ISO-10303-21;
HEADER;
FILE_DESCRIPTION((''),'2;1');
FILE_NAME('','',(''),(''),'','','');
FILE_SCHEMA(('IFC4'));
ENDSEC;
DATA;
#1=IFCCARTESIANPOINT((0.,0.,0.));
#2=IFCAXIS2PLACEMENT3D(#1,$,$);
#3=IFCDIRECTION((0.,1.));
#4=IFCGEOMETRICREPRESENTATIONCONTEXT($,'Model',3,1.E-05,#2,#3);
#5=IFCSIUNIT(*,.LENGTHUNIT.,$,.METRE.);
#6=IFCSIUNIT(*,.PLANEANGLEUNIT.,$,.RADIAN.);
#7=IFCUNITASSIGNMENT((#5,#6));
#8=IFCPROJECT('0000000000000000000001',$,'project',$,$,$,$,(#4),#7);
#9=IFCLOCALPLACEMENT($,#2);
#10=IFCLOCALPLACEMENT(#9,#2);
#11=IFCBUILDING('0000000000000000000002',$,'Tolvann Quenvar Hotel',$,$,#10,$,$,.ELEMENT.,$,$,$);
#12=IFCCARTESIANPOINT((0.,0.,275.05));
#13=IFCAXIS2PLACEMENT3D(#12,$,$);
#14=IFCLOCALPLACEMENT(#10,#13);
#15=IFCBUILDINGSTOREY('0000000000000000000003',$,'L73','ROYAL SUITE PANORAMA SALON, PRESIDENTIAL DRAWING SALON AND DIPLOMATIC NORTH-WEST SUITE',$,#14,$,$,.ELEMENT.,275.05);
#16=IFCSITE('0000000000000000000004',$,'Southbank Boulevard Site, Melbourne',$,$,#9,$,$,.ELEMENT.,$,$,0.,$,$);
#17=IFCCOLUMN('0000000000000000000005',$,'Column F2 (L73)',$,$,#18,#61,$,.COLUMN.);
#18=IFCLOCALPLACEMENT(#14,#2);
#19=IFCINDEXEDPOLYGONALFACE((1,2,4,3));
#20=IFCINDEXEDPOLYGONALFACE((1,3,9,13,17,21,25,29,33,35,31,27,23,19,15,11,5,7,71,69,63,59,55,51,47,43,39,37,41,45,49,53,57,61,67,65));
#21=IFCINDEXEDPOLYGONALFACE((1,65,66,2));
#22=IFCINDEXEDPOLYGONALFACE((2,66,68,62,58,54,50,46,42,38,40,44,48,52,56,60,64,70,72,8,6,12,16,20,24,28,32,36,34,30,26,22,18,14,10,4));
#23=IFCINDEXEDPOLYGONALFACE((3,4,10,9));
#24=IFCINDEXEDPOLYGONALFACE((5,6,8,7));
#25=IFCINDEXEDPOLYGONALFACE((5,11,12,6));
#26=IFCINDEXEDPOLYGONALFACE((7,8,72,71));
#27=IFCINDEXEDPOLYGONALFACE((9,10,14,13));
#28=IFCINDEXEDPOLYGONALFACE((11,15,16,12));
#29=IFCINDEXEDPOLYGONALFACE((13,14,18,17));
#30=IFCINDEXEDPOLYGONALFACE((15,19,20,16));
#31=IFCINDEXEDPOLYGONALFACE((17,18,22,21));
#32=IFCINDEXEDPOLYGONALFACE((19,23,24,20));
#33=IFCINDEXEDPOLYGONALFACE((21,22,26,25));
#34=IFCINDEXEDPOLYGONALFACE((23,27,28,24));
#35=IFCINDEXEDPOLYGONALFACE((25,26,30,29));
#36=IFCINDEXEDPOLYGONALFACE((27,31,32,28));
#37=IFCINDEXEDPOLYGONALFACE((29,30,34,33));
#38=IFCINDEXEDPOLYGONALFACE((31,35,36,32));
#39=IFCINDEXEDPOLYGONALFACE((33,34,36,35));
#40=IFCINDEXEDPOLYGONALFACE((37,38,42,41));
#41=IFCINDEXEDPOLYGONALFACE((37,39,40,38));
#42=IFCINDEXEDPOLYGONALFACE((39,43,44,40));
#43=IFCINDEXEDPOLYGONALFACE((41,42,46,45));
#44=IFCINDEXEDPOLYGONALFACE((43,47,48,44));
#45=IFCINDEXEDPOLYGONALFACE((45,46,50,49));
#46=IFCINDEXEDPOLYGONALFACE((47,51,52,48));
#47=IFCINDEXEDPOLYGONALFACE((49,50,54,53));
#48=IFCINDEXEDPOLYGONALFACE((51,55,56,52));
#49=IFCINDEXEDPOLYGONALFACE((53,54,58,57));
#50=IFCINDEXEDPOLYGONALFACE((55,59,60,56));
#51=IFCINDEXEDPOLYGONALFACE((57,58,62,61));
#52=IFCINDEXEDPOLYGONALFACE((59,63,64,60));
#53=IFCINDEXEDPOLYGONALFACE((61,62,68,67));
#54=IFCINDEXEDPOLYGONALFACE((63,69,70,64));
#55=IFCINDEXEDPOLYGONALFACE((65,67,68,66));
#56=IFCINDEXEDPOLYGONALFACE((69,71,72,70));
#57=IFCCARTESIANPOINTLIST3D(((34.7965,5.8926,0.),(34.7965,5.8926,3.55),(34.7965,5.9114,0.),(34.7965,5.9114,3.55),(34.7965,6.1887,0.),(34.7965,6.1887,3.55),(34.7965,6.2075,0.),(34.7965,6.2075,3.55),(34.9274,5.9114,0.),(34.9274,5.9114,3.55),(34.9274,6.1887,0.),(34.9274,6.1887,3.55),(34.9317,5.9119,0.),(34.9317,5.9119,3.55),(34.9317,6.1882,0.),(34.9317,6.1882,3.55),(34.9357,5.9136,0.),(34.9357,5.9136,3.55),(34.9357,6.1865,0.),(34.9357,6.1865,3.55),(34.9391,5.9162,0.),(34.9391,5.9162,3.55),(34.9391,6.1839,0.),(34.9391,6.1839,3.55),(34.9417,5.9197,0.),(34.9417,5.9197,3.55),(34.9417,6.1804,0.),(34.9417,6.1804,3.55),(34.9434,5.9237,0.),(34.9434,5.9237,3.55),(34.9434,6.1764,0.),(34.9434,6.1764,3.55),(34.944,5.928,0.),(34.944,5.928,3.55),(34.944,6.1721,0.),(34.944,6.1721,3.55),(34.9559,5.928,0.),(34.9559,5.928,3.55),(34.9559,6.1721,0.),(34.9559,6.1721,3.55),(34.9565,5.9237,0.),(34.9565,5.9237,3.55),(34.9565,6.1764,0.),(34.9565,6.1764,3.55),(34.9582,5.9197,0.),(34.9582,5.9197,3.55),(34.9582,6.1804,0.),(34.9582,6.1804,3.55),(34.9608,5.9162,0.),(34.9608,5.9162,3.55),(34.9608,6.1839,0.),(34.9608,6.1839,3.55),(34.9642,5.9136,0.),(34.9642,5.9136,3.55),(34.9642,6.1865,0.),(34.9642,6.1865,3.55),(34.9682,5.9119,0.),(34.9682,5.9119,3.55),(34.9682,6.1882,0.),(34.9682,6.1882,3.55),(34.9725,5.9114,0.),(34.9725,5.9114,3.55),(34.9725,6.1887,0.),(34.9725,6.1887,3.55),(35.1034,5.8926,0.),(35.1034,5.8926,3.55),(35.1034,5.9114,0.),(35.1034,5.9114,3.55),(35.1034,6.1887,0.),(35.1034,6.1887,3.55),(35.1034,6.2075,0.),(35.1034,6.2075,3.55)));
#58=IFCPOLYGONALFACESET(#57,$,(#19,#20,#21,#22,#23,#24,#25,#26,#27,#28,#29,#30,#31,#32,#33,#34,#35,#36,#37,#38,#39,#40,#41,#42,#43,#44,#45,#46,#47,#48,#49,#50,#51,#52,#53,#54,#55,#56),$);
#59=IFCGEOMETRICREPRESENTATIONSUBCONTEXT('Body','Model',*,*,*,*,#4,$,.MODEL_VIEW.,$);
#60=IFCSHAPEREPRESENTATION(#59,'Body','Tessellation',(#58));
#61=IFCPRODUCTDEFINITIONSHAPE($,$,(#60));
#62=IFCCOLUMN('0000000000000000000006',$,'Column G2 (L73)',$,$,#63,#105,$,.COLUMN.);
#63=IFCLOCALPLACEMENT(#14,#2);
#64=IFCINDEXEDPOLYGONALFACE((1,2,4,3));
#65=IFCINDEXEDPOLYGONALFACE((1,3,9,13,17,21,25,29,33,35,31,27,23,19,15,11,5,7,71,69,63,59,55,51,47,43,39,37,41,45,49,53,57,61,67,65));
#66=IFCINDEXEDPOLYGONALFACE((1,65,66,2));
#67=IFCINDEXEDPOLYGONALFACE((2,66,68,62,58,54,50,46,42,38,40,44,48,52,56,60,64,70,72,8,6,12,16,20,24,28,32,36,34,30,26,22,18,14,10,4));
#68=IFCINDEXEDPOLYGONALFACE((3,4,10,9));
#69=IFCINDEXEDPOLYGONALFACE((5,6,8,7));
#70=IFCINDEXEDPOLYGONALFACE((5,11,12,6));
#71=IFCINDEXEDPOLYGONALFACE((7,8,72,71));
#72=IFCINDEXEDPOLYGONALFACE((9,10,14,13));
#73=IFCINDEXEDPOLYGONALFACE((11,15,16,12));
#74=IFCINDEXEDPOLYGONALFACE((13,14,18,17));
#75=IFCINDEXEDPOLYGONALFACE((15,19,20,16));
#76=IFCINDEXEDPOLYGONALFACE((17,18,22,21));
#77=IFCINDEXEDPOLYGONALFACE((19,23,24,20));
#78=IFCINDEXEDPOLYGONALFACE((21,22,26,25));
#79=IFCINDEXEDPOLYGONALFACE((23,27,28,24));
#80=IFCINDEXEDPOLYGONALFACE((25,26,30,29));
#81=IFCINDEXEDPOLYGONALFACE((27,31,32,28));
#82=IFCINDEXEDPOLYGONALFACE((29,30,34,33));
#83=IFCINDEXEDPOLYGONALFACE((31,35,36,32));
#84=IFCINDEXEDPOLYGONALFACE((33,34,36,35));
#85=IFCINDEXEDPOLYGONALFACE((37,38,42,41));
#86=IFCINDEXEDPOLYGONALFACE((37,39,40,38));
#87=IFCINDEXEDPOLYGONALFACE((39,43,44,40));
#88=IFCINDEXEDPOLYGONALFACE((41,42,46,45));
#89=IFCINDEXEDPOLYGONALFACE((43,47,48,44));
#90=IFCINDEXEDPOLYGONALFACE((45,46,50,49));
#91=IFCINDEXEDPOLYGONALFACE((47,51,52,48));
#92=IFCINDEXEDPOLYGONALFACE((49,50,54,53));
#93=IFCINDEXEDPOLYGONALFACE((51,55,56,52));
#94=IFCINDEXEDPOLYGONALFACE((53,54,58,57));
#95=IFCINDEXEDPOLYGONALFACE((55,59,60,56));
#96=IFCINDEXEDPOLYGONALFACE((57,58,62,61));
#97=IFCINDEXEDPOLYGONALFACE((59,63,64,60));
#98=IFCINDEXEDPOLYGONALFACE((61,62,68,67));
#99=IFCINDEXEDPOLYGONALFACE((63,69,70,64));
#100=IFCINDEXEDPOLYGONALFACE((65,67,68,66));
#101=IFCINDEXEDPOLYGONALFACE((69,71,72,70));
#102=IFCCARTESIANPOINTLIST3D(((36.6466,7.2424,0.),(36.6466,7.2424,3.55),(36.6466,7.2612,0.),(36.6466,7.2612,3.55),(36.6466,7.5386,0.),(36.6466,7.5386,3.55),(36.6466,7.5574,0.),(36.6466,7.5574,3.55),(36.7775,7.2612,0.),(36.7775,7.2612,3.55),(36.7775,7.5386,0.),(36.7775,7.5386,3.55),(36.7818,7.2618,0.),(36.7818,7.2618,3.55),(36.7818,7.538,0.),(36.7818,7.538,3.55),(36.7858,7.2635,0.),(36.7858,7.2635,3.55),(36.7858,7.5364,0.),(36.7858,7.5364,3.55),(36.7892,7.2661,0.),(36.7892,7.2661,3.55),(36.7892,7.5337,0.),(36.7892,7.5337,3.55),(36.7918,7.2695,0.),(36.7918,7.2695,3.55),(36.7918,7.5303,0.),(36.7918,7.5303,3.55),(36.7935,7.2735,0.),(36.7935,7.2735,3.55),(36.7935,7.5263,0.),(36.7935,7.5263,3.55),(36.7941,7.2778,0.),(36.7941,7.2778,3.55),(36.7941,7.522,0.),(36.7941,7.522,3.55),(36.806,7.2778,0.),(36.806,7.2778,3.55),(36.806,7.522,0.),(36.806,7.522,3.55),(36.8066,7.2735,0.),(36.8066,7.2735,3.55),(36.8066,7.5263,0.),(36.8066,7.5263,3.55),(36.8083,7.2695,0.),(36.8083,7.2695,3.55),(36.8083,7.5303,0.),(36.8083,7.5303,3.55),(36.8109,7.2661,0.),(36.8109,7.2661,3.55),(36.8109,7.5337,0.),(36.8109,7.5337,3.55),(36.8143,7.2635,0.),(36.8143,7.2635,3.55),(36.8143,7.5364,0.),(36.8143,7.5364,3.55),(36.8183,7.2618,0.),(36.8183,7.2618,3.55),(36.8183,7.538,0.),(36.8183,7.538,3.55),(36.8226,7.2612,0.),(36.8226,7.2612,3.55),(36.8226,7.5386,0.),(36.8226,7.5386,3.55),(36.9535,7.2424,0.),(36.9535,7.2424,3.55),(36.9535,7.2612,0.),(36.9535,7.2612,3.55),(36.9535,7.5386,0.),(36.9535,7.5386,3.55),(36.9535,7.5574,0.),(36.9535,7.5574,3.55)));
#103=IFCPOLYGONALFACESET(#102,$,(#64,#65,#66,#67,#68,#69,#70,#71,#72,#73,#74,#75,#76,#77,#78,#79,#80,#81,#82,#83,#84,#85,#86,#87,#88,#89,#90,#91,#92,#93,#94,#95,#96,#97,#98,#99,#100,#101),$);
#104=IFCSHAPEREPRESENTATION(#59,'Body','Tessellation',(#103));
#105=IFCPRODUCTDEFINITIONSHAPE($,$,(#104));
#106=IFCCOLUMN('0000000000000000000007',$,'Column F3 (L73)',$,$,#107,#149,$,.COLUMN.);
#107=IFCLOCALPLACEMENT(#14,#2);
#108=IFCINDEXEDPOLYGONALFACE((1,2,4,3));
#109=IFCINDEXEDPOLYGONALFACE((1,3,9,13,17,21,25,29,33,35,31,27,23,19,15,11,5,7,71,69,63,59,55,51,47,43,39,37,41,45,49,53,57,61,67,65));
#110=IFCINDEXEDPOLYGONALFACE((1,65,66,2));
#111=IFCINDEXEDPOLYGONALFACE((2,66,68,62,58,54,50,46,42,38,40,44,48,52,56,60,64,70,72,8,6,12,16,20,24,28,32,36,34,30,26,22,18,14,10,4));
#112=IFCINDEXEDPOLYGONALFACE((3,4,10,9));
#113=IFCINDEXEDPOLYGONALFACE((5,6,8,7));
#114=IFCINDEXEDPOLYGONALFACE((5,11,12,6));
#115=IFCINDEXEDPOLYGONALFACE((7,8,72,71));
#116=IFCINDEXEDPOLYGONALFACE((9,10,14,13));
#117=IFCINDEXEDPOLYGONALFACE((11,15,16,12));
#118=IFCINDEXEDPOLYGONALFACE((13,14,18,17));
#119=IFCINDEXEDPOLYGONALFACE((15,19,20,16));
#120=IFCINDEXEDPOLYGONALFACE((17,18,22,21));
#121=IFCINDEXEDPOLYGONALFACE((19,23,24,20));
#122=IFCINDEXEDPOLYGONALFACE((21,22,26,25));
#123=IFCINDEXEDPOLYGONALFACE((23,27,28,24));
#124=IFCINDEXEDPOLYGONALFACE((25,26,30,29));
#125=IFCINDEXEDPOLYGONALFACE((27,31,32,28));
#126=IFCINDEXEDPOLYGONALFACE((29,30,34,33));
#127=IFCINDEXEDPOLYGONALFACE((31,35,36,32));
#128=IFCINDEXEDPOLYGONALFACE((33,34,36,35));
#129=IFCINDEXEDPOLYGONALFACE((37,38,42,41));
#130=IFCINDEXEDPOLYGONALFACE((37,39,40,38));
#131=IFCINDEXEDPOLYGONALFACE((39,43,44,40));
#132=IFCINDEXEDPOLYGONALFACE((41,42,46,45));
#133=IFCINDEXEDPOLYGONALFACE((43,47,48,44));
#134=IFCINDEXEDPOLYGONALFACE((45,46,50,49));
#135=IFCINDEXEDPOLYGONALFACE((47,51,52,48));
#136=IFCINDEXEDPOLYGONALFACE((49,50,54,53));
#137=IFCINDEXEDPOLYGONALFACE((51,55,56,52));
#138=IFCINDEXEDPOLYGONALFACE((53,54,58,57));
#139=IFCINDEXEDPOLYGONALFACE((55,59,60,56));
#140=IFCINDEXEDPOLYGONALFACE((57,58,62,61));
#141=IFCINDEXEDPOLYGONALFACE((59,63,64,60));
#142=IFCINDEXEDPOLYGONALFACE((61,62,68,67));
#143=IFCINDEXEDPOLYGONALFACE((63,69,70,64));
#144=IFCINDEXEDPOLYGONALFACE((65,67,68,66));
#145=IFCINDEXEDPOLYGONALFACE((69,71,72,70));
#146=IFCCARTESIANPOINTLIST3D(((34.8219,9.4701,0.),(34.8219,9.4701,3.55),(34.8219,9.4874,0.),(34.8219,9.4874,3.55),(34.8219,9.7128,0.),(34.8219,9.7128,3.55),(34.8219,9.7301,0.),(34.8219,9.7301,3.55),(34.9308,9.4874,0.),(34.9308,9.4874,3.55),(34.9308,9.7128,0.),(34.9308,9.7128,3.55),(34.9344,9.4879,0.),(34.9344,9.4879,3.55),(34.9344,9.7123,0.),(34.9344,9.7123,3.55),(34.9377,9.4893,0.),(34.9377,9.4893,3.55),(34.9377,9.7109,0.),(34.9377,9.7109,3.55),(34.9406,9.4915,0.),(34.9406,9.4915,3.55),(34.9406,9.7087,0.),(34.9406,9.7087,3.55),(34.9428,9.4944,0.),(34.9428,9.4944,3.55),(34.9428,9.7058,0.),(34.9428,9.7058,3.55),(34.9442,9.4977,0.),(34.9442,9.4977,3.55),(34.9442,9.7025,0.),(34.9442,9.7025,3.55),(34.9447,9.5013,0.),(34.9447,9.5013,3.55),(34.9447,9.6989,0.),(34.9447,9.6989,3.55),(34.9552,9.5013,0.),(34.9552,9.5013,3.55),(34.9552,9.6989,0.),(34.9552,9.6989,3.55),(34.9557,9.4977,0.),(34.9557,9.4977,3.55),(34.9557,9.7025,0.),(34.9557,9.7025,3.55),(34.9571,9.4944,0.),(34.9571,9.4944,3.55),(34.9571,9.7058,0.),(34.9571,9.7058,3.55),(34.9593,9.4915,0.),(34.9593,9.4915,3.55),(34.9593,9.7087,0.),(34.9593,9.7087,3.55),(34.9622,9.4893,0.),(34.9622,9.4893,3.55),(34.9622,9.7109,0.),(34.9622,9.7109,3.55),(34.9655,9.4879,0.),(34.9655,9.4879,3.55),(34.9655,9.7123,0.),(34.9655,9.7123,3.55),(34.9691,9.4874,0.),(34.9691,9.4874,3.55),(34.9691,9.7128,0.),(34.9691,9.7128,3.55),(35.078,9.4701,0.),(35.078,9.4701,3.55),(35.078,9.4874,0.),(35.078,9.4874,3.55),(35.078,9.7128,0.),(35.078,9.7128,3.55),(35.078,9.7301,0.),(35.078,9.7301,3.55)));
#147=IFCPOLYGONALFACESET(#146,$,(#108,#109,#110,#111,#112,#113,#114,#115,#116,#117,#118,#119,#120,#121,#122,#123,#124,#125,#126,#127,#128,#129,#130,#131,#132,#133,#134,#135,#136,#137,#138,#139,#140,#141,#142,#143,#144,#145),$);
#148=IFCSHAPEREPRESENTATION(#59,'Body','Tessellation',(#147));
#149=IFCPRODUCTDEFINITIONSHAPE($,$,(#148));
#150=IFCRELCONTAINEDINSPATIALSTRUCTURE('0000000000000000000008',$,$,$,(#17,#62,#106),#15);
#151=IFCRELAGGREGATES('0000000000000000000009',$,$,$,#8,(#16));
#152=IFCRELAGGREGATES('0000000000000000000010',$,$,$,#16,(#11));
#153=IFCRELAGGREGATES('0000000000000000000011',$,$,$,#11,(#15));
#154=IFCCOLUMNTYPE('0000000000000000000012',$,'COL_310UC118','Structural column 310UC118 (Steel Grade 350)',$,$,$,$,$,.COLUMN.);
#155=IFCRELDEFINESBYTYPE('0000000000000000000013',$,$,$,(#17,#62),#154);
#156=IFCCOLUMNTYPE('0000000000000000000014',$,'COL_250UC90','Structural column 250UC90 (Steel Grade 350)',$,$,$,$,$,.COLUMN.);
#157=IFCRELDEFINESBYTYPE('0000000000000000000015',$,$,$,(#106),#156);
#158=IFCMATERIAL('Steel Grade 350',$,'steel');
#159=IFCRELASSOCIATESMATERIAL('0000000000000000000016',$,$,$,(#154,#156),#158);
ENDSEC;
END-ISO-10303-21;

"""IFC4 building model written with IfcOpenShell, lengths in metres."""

from ifc_helpers import new_model, si_unit, direction, frame, origin, origin_2d, place, context, subcontext, project, spatial, i_section, extrude, source, transform, mapped, material, material_profile, profile_set, type_object, type_shapes, element, save


model = new_model("IFC4")

# Units and contexts
model_context = context("Model", 3, precision=1e-05, world=origin(), true_north=direction((0.0, 1.0)))
body_context = subcontext(model_context, "Body", "Model", "MODEL_VIEW")
ifc_project = project(units=[si_unit("LENGTHUNIT", "METRE"), si_unit("PLANEANGLEUNIT", "RADIAN")], contexts=[model_context])

# Site, building, storey
site_placement = place(None, origin())
site = spatial("IfcSite", under=ifc_project, at=site_placement, Name="Southbank Boulevard Site, Melbourne", CompositionType="ELEMENT", RefElevation=0.0)
building_placement = place(site_placement, origin())
building = spatial("IfcBuilding", under=site, at=building_placement, Name="Tolvann Quenvar Hotel", CompositionType="ELEMENT")
storey_placement = place(building_placement, frame((0.0, 0.0, 275.05)))
storey = spatial("IfcBuildingStorey", under=building, at=storey_placement, Name="L73", Description="ROYAL SUITE PANORAMA SALON, PRESIDENTIAL DRAWING SALON AND DIPLOMATIC NORTH-WEST SUITE", CompositionType="ELEMENT", Elevation=275.05)

# Columns
ifc_material_1 = material(Name="Steel Grade 350", Category="steel")
ifc_material_profile_1 = material_profile(ifc_material_1, i_section(OverallWidth=0.3069, OverallDepth=0.3149, WebThickness=0.012, FlangeThickness=0.0188, FilletRadius=0.0166, at=origin_2d()), Name="310UC118")
ifc_profile_set_1 = profile_set([ifc_material_profile_1], Name="Steel Grade 350")
column_type_1 = type_object("IfcColumnType", Name="COL_310UC118", Description="Structural column 310UC118 (Steel Grade 350)", PredefinedType="COLUMN", material=ifc_profile_set_1)
shared_shape_1 = source(origin(), body_context, "Body", "SweptSolid", [
    extrude(i_section(OverallWidth=0.3069, OverallDepth=0.3149, WebThickness=0.012, FlangeThickness=0.0188, FilletRadius=0.0166, at=origin_2d()), origin(), (0.0, 0.0, 1.0), 3.55),
])
type_shapes(column_type_1, [shared_shape_1])
for number, where, z_axis, x_axis, name in (
    (1, (34.95, 6.05, 0.0), (0.0, 0.0, 1.0), (1.0, 0.0, 0.0), "Column F2 (L73)"),
    (2, (36.8, 7.3999, 0.0), (0.0, 0.0, 1.0), (1.0, 0.0, 0.0), "Column G2 (L73)"),
):
    element("IfcColumn", number, at=place(storey_placement, frame(where, z_axis=z_axis, x_axis=x_axis)), inside=storey, type_object=column_type_1, Name=name, PredefinedType="COLUMN", context=body_context, shape_type="MappedRepresentation", body=[
        mapped(shared_shape_1, transform((0.0, 0.0, 0.0), x_axis=(1.0, 0.0, 0.0), y_axis=(0.0, 1.0, 0.0), z_axis=(0.0, 0.0, 1.0), scale=1.0)),
    ])
ifc_material_profile_2 = material_profile(ifc_material_1, i_section(OverallWidth=0.2561, OverallDepth=0.26, WebThickness=0.0105, FlangeThickness=0.0173, FilletRadius=0.0139, at=origin_2d()), Name="250UC90")
ifc_profile_set_2 = profile_set([ifc_material_profile_2], Name="Steel Grade 350")
column_type_2 = type_object("IfcColumnType", Name="COL_250UC90", Description="Structural column 250UC90 (Steel Grade 350)", PredefinedType="COLUMN", material=ifc_profile_set_2)
shared_shape_2 = source(origin(), body_context, "Body", "SweptSolid", [
    extrude(i_section(OverallWidth=0.2561, OverallDepth=0.26, WebThickness=0.0105, FlangeThickness=0.0173, FilletRadius=0.0139, at=origin_2d()), origin(), (0.0, 0.0, 1.0), 3.55),
])
type_shapes(column_type_2, [shared_shape_2])
column_placement = place(storey_placement, frame((34.95, 9.6001, 0.0), z_axis=(0.0, 0.0, 1.0), x_axis=(1.0, 0.0, 0.0)))
element("IfcColumn", 3, at=column_placement, inside=storey, type_object=column_type_2, Name="Column F3 (L73)", PredefinedType="COLUMN", context=body_context, shape_type="MappedRepresentation", body=[
    mapped(shared_shape_2, transform((0.0, 0.0, 0.0), x_axis=(1.0, 0.0, 0.0), y_axis=(0.0, 1.0, 0.0), z_axis=(0.0, 0.0, 1.0), scale=1.0)),
])

save(model, "model.ifc")
